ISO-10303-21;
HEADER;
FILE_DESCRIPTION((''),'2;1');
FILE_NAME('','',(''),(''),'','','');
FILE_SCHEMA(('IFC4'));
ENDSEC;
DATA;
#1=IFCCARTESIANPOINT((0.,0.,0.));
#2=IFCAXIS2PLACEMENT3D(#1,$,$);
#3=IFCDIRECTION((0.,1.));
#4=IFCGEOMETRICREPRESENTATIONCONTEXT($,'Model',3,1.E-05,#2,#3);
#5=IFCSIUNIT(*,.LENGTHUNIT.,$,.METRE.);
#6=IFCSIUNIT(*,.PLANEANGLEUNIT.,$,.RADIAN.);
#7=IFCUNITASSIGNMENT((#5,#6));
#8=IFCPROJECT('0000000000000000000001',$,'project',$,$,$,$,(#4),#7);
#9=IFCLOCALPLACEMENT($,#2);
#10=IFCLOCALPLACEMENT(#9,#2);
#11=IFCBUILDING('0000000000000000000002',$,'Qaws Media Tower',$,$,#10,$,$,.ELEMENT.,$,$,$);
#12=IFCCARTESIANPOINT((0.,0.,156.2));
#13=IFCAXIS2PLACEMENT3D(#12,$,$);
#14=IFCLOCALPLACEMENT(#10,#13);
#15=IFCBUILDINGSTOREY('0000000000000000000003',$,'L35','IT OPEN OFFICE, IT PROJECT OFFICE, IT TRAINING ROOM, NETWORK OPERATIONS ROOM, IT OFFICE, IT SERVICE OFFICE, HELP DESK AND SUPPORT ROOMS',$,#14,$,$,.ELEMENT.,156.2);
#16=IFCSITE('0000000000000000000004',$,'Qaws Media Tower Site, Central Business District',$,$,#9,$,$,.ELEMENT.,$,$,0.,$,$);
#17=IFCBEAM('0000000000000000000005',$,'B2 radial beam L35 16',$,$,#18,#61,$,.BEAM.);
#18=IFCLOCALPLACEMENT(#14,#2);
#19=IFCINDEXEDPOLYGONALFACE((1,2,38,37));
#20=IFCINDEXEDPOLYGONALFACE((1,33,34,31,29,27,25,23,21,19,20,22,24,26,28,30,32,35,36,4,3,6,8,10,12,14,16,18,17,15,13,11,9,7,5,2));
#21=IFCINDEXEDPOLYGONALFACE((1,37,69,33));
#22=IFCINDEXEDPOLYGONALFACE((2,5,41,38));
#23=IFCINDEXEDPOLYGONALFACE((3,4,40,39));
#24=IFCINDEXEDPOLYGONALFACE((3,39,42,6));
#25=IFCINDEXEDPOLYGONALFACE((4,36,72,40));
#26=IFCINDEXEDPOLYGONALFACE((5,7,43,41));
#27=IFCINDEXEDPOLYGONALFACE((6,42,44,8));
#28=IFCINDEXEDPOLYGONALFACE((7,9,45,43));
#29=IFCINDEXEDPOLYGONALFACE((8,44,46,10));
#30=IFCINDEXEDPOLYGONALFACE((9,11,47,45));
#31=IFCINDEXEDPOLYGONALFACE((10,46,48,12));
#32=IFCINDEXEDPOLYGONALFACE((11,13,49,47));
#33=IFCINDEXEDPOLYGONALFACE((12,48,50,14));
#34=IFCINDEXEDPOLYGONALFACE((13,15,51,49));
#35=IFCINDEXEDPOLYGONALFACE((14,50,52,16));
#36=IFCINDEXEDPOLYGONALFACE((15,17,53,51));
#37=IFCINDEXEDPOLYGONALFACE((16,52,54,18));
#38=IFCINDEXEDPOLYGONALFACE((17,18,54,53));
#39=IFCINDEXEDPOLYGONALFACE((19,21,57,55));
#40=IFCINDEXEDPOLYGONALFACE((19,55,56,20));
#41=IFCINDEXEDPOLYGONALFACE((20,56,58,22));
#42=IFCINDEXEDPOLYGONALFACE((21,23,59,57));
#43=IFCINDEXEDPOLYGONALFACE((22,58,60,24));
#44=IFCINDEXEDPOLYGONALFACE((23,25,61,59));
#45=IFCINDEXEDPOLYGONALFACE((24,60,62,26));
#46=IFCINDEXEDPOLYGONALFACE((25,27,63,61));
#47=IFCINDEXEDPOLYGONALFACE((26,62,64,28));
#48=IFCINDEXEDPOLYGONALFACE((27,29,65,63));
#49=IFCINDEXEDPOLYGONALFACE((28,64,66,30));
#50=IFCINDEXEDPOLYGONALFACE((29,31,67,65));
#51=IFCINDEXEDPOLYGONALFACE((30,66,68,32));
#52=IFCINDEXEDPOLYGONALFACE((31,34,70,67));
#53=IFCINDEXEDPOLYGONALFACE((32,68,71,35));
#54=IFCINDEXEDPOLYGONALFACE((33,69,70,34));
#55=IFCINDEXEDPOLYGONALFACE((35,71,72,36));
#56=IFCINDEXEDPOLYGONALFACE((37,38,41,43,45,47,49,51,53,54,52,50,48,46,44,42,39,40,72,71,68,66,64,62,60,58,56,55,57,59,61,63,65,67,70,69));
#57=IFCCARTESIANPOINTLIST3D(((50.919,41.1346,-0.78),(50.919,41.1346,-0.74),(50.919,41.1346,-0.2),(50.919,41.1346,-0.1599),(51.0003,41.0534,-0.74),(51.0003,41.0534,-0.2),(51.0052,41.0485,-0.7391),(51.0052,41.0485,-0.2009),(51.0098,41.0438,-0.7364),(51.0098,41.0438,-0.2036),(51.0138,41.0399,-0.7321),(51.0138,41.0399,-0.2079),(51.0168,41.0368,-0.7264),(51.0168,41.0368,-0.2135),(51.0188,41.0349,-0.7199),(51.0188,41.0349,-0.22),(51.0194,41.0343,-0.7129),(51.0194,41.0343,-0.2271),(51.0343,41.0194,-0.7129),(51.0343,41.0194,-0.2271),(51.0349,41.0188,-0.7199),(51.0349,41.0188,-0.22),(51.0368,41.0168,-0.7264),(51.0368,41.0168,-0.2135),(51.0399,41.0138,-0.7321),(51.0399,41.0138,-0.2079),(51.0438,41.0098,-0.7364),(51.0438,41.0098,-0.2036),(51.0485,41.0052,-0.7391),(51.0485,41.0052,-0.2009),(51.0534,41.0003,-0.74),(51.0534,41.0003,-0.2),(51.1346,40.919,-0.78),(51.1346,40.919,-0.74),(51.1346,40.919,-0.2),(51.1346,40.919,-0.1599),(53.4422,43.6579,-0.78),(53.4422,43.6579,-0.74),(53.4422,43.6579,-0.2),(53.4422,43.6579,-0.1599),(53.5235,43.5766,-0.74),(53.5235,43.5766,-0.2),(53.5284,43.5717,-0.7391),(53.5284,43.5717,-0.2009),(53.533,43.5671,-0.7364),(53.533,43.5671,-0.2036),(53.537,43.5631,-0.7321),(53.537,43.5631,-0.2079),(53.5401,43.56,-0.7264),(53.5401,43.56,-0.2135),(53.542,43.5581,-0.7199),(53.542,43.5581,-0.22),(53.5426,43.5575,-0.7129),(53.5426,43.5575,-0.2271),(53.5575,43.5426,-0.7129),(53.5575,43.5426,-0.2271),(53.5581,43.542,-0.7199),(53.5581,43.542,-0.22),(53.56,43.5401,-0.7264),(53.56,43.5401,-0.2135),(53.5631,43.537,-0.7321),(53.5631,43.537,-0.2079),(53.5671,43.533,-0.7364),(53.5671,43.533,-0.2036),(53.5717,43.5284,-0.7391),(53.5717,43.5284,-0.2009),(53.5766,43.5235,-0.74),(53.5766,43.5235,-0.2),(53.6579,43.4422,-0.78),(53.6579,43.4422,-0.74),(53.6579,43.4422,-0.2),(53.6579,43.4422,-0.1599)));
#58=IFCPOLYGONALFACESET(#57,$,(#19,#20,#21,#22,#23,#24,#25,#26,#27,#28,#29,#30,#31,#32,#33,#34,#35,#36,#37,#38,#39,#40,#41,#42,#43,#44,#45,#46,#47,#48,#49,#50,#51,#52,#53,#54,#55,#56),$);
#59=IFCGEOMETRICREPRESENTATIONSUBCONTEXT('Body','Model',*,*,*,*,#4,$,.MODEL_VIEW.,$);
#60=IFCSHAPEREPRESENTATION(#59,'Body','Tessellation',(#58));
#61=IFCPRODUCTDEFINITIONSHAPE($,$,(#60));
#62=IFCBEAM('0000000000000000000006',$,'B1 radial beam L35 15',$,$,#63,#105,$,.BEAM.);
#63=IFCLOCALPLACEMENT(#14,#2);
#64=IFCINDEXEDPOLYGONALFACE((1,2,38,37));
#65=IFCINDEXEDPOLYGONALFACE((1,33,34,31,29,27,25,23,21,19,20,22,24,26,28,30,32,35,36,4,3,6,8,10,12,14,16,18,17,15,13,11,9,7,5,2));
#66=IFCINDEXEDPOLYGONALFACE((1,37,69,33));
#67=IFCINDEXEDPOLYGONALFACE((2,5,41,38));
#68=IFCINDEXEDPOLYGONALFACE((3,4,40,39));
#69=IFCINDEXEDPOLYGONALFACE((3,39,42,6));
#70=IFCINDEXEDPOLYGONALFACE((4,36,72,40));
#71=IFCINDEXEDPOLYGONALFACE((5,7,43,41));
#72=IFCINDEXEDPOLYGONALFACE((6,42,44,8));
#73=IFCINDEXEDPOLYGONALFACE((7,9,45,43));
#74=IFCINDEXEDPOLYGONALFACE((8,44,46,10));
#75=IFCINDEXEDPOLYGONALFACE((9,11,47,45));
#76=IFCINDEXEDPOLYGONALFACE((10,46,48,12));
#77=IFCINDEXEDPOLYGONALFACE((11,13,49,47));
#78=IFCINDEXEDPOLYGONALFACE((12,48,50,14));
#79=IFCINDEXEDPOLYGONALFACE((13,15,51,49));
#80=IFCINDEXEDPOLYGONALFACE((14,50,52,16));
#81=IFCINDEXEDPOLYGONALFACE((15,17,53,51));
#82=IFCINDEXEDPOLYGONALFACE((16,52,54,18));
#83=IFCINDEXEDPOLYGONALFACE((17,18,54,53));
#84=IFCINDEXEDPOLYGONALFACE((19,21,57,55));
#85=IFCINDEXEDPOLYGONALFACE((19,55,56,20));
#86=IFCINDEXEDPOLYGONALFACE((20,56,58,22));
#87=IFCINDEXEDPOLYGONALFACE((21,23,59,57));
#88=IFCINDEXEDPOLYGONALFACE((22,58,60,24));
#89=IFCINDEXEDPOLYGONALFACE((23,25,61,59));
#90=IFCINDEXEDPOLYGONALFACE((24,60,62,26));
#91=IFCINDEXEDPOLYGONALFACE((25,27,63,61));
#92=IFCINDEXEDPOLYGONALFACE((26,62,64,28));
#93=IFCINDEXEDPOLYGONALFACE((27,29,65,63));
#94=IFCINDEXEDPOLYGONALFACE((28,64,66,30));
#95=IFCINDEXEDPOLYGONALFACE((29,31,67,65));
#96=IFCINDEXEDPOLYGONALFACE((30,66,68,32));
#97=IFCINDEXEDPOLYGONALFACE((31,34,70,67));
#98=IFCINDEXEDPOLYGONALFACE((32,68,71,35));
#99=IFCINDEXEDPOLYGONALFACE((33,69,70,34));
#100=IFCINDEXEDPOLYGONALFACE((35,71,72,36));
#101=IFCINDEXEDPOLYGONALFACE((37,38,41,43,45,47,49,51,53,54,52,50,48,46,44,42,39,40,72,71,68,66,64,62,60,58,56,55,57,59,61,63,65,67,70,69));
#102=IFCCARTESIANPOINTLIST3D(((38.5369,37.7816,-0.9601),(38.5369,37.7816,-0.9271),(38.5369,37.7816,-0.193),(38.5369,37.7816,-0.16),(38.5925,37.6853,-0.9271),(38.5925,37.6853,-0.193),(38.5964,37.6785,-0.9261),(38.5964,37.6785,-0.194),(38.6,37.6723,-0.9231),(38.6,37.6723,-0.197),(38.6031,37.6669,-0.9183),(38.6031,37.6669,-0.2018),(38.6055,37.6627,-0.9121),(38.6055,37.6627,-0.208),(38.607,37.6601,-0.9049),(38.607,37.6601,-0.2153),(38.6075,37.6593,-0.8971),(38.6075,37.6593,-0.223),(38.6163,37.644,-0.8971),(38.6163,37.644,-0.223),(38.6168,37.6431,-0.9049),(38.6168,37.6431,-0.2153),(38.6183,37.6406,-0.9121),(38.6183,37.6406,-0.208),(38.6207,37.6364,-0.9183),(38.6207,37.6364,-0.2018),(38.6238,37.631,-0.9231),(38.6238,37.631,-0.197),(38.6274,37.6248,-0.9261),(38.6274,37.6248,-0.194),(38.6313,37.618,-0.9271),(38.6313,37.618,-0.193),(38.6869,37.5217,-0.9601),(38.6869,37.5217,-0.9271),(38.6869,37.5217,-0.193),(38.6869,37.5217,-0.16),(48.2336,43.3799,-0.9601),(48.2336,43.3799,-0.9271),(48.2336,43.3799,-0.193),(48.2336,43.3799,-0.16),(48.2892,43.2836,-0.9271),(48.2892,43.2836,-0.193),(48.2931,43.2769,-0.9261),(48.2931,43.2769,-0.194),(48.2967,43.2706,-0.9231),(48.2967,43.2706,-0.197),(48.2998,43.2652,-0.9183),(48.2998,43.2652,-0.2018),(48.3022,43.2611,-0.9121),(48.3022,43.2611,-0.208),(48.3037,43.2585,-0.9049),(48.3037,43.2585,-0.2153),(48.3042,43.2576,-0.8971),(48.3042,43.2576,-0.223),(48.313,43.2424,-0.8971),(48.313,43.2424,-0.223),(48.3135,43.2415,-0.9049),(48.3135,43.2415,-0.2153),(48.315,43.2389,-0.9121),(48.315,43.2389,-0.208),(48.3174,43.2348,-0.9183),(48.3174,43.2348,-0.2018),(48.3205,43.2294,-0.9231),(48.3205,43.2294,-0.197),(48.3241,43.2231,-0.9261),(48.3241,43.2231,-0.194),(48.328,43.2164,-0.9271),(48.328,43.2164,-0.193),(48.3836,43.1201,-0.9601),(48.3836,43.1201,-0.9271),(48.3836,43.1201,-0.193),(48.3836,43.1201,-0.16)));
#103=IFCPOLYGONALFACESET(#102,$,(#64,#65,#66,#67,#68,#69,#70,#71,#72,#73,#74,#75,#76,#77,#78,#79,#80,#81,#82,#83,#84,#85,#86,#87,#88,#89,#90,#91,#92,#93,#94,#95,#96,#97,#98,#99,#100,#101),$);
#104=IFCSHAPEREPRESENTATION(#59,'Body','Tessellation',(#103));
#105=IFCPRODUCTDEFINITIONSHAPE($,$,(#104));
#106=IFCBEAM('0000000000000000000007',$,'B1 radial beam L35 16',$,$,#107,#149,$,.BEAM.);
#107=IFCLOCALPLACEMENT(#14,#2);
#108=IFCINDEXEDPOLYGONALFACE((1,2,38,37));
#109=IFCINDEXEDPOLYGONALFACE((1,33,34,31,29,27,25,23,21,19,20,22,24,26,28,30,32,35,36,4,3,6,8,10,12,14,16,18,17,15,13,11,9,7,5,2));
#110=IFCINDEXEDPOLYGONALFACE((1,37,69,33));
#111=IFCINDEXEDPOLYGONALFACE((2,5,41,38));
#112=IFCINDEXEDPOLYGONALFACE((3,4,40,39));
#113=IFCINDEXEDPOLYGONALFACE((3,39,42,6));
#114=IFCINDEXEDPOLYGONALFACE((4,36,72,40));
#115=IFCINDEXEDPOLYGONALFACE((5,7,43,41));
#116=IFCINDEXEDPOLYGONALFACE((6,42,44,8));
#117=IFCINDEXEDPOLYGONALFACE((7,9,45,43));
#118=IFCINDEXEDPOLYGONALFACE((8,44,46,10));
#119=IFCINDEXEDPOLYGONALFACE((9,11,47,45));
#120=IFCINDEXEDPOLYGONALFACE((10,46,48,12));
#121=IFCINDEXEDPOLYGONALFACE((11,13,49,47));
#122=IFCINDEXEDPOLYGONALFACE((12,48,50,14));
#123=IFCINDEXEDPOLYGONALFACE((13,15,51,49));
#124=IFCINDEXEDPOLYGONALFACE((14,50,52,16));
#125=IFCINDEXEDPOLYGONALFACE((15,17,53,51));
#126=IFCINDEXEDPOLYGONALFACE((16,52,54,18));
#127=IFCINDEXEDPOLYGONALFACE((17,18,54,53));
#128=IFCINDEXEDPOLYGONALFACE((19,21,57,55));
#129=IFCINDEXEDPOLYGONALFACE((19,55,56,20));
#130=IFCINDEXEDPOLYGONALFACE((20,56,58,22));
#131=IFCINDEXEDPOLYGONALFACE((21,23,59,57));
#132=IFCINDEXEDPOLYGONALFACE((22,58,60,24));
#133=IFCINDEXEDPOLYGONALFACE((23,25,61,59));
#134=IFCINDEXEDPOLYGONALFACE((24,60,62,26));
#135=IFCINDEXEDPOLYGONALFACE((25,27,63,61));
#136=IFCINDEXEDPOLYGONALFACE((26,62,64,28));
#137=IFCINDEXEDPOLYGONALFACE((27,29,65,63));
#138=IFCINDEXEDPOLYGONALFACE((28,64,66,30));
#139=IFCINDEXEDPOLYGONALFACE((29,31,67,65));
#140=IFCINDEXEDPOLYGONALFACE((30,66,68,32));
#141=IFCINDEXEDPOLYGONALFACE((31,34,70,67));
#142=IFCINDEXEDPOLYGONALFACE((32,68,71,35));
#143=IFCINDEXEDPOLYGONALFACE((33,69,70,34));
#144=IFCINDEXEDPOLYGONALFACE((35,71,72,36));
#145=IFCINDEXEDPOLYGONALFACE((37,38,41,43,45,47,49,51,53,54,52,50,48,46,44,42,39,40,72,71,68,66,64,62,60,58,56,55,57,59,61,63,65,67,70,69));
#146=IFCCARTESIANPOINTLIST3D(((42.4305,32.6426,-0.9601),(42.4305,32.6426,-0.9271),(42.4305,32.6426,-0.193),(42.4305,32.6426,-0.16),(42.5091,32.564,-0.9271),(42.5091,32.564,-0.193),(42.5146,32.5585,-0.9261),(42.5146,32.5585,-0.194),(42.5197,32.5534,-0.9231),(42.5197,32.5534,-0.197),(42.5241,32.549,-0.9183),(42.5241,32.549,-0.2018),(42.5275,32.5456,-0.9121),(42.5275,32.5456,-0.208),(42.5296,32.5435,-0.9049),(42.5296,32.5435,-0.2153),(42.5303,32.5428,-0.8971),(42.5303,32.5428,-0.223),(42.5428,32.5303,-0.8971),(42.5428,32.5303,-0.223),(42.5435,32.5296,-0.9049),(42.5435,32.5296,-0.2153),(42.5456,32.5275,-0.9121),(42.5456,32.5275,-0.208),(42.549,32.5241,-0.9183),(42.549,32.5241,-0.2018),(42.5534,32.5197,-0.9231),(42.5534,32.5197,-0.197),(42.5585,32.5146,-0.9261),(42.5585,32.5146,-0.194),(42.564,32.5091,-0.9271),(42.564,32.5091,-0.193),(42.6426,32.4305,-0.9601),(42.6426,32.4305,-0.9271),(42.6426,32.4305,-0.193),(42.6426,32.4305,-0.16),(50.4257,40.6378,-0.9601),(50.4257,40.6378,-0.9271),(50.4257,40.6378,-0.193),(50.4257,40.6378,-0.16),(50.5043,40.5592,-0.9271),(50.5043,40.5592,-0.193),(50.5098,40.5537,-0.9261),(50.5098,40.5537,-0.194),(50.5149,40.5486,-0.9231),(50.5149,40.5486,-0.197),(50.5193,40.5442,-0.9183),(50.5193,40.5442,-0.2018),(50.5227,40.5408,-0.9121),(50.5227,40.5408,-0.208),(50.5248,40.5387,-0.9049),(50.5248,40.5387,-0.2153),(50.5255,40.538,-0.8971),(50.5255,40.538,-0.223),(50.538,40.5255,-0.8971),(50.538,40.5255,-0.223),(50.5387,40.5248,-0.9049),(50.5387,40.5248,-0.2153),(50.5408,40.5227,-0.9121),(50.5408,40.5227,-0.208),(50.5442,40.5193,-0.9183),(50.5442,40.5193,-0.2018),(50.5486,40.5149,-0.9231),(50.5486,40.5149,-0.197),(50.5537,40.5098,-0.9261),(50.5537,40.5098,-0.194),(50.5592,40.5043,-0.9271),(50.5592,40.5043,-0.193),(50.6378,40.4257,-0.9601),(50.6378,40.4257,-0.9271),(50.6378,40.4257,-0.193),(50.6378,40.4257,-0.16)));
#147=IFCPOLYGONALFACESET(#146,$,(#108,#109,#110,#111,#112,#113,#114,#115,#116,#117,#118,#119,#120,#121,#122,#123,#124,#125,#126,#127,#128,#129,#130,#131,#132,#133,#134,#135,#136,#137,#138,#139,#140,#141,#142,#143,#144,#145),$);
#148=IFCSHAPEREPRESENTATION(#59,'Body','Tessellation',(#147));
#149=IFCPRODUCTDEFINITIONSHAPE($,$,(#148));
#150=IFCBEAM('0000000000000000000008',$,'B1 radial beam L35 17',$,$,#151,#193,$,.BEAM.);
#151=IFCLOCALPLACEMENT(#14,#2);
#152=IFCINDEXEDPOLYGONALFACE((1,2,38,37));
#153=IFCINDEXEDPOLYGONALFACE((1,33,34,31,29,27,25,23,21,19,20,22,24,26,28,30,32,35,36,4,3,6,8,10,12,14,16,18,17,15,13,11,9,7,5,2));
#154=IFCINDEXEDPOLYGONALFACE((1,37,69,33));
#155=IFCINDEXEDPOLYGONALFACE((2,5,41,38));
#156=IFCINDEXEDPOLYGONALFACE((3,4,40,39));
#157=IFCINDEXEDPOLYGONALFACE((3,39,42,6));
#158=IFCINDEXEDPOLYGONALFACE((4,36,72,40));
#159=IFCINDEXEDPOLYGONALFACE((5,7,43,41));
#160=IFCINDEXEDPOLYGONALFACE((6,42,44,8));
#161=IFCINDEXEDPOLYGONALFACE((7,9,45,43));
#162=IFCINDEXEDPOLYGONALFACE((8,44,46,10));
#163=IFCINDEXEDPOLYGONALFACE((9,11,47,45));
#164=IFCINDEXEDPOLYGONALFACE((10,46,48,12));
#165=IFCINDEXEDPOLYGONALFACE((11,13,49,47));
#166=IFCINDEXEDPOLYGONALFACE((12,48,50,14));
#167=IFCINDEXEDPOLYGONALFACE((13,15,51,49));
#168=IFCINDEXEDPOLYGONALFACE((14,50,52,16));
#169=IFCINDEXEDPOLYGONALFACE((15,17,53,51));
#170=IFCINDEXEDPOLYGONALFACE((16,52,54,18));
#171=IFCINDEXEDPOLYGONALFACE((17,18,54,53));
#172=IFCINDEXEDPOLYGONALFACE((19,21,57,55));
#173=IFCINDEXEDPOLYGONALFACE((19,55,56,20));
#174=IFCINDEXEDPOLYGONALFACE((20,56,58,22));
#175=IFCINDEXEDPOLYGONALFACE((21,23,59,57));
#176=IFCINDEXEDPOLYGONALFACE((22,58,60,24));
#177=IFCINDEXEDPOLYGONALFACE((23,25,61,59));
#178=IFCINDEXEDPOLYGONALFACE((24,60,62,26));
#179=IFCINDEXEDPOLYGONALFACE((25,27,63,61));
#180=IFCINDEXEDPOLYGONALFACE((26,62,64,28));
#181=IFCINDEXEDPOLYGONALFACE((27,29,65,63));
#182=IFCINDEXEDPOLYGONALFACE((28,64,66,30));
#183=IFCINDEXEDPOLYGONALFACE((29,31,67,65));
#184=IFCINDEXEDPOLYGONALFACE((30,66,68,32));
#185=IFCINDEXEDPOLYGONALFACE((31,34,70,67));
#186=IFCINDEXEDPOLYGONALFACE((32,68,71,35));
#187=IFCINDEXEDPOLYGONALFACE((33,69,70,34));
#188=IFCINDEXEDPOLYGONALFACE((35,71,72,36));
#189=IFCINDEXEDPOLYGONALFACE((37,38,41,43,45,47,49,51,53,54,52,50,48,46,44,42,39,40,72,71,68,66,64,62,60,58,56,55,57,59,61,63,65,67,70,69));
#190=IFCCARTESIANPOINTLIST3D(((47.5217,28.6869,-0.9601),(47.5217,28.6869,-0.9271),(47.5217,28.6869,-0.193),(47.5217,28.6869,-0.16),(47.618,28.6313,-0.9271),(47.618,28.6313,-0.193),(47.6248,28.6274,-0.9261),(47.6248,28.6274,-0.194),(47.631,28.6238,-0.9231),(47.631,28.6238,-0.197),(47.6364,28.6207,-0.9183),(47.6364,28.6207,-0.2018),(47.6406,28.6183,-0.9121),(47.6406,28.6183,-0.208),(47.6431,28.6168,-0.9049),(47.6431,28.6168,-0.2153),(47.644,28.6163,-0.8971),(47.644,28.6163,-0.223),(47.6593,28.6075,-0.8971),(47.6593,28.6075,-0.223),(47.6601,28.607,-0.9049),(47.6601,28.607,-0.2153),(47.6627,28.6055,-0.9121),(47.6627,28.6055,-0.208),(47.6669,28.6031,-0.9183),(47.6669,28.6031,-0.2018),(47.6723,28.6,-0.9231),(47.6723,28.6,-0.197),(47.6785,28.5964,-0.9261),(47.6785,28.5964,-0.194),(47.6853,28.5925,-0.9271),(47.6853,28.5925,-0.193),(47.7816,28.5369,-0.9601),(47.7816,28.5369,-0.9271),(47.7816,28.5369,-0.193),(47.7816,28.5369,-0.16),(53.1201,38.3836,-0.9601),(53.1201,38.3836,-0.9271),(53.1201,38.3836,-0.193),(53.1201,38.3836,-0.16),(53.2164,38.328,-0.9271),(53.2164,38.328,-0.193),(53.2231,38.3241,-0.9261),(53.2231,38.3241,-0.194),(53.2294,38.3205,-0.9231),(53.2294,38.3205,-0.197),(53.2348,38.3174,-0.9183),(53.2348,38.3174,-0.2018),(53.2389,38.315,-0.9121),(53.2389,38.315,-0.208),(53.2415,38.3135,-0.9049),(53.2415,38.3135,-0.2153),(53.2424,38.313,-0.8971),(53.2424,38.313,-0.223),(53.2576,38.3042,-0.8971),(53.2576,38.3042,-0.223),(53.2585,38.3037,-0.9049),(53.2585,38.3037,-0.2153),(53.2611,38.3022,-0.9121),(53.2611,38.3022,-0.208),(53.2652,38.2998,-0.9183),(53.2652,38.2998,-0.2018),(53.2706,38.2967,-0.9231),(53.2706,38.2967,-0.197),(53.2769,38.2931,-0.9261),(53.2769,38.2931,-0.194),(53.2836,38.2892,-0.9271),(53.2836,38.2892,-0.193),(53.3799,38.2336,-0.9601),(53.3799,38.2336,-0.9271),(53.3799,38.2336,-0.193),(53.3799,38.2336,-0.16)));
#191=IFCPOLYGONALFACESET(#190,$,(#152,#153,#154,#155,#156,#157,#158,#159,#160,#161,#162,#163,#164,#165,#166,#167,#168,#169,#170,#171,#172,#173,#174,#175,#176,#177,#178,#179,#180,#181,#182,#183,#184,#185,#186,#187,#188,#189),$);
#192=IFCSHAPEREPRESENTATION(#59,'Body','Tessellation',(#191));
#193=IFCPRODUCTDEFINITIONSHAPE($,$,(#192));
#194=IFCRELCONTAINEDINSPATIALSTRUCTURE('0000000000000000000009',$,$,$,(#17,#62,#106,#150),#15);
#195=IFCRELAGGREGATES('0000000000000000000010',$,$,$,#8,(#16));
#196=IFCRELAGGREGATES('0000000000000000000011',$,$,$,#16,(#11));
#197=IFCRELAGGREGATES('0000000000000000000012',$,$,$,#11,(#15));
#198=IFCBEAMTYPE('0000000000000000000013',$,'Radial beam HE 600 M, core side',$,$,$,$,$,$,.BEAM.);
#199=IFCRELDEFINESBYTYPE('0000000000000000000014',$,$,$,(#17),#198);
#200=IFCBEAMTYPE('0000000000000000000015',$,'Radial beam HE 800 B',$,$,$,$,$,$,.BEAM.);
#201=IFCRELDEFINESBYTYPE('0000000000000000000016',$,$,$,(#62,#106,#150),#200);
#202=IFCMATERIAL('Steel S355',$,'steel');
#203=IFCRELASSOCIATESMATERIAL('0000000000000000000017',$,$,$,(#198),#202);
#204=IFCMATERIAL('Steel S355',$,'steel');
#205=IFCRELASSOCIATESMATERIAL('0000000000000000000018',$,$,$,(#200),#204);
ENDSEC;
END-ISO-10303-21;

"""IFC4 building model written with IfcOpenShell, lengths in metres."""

from ifc_helpers import new_model, si_unit, direction, frame, origin, origin_2d, place, context, subcontext, project, spatial, i_section, extrude, material, material_profile, profile_set, type_object, element, save


model = new_model("IFC4")

# Units and contexts
model_context = context("Model", 3, precision=1e-05, world=origin(), true_north=direction((0.0, 1.0)))
body_context = subcontext(model_context, "Body", "Model", "MODEL_VIEW")
ifc_project = project(units=[si_unit("LENGTHUNIT", "METRE"), si_unit("PLANEANGLEUNIT", "RADIAN")], contexts=[model_context])

# Site, building, storey
site_placement = place(None, origin())
site = spatial("IfcSite", under=ifc_project, at=site_placement, Name="Qaws Media Tower Site, Central Business District", CompositionType="ELEMENT", RefElevation=0.0)
building_placement = place(site_placement, origin())
building = spatial("IfcBuilding", under=site, at=building_placement, Name="Qaws Media Tower", CompositionType="ELEMENT")
storey_placement = place(building_placement, frame((0.0, 0.0, 156.2)))
storey = spatial("IfcBuildingStorey", under=building, at=storey_placement, Name="L35", Description="IT OPEN OFFICE, IT PROJECT OFFICE, IT TRAINING ROOM, NETWORK OPERATIONS ROOM, IT OFFICE, IT SERVICE OFFICE, HELP DESK AND SUPPORT ROOMS", CompositionType="ELEMENT", Elevation=156.2)

# Beams
ifc_material_1 = material(Name="Steel S355", Category="steel")
ifc_material_profile_1 = material_profile(ifc_material_1, i_section(OverallWidth=0.3049, OverallDepth=0.6201, WebThickness=0.021, FlangeThickness=0.04, FilletRadius=0.0271, at=origin_2d()), Name="HE 600 M")
ifc_profile_set_1 = profile_set([ifc_material_profile_1], Name="Steel S355")
beam_type_1 = type_object("IfcBeamType", Name="Radial beam HE 600 M, core side", PredefinedType="BEAM", material=ifc_profile_set_1)
beam_1_placement = place(storey_placement, frame((53.55, 43.55, -0.47), z_axis=(-0.707107, -0.707107, 0.0), x_axis=(0.707107, -0.707107, 0.0)))
element("IfcBeam", 1, at=beam_1_placement, inside=storey, type_object=beam_type_1, Name="B2 radial beam L35 16", PredefinedType="BEAM", context=body_context, shape_type="SweptSolid", body=[
    extrude(i_section(OverallWidth=0.3049, OverallDepth=0.6201, WebThickness=0.021, FlangeThickness=0.04, FilletRadius=0.0271, at=origin_2d()), origin(), (0.0, 0.0, 1.0), 3.5684),
])
ifc_material_2 = material(Name="Steel S355", Category="steel")
ifc_material_profile_2 = material_profile(ifc_material_2, i_section(OverallWidth=0.3, OverallDepth=0.8, WebThickness=0.0176, FlangeThickness=0.033, FilletRadius=0.03, at=origin_2d()), Name="HE 800 B")
ifc_profile_set_2 = profile_set([ifc_material_profile_2], Name="Steel S355")
beam_type_2 = type_object("IfcBeamType", Name="Radial beam HE 800 B", PredefinedType="BEAM", material=ifc_profile_set_2)
beam_2_placement = place(storey_placement, frame((48.3086, 43.25, -0.5601), z_axis=(-0.866027, -0.499997, 0.0), x_axis=(0.499997, -0.866027, 0.0)))
element("IfcBeam", 2, at=beam_2_placement, inside=storey, type_object=beam_type_2, Name="B1 radial beam L35 15", PredefinedType="BEAM", context=body_context, shape_type="SweptSolid", body=[
    extrude(i_section(OverallWidth=0.3, OverallDepth=0.8, WebThickness=0.0176, FlangeThickness=0.033, FilletRadius=0.03, at=origin_2d()), origin(), (0.0, 0.0, 1.0), 11.1968),
])
beam_3_placement = place(storey_placement, frame((50.5317, 40.5317, -0.5601), z_axis=(-0.707107, -0.707107, 0.0), x_axis=(0.707107, -0.707107, 0.0)))
element("IfcBeam", 3, at=beam_3_placement, inside=storey, type_object=beam_type_2, Name="B1 radial beam L35 16", PredefinedType="BEAM", context=body_context, shape_type="SweptSolid", body=[
    extrude(i_section(OverallWidth=0.3, OverallDepth=0.8, WebThickness=0.0176, FlangeThickness=0.033, FilletRadius=0.03, at=origin_2d()), origin(), (0.0, 0.0, 1.0), 11.3069),
])
beam_4_placement = place(storey_placement, frame((53.25, 38.3086, -0.5601), z_axis=(-0.499997, -0.866027, 0.0), x_axis=(0.866027, -0.499997, 0.0)))
element("IfcBeam", 4, at=beam_4_placement, inside=storey, type_object=beam_type_2, Name="B1 radial beam L35 17", PredefinedType="BEAM", context=body_context, shape_type="SweptSolid", body=[
    extrude(i_section(OverallWidth=0.3, OverallDepth=0.8, WebThickness=0.0176, FlangeThickness=0.033, FilletRadius=0.03, at=origin_2d()), origin(), (0.0, 0.0, 1.0), 11.1968),
])

save(model, "model.ifc")
